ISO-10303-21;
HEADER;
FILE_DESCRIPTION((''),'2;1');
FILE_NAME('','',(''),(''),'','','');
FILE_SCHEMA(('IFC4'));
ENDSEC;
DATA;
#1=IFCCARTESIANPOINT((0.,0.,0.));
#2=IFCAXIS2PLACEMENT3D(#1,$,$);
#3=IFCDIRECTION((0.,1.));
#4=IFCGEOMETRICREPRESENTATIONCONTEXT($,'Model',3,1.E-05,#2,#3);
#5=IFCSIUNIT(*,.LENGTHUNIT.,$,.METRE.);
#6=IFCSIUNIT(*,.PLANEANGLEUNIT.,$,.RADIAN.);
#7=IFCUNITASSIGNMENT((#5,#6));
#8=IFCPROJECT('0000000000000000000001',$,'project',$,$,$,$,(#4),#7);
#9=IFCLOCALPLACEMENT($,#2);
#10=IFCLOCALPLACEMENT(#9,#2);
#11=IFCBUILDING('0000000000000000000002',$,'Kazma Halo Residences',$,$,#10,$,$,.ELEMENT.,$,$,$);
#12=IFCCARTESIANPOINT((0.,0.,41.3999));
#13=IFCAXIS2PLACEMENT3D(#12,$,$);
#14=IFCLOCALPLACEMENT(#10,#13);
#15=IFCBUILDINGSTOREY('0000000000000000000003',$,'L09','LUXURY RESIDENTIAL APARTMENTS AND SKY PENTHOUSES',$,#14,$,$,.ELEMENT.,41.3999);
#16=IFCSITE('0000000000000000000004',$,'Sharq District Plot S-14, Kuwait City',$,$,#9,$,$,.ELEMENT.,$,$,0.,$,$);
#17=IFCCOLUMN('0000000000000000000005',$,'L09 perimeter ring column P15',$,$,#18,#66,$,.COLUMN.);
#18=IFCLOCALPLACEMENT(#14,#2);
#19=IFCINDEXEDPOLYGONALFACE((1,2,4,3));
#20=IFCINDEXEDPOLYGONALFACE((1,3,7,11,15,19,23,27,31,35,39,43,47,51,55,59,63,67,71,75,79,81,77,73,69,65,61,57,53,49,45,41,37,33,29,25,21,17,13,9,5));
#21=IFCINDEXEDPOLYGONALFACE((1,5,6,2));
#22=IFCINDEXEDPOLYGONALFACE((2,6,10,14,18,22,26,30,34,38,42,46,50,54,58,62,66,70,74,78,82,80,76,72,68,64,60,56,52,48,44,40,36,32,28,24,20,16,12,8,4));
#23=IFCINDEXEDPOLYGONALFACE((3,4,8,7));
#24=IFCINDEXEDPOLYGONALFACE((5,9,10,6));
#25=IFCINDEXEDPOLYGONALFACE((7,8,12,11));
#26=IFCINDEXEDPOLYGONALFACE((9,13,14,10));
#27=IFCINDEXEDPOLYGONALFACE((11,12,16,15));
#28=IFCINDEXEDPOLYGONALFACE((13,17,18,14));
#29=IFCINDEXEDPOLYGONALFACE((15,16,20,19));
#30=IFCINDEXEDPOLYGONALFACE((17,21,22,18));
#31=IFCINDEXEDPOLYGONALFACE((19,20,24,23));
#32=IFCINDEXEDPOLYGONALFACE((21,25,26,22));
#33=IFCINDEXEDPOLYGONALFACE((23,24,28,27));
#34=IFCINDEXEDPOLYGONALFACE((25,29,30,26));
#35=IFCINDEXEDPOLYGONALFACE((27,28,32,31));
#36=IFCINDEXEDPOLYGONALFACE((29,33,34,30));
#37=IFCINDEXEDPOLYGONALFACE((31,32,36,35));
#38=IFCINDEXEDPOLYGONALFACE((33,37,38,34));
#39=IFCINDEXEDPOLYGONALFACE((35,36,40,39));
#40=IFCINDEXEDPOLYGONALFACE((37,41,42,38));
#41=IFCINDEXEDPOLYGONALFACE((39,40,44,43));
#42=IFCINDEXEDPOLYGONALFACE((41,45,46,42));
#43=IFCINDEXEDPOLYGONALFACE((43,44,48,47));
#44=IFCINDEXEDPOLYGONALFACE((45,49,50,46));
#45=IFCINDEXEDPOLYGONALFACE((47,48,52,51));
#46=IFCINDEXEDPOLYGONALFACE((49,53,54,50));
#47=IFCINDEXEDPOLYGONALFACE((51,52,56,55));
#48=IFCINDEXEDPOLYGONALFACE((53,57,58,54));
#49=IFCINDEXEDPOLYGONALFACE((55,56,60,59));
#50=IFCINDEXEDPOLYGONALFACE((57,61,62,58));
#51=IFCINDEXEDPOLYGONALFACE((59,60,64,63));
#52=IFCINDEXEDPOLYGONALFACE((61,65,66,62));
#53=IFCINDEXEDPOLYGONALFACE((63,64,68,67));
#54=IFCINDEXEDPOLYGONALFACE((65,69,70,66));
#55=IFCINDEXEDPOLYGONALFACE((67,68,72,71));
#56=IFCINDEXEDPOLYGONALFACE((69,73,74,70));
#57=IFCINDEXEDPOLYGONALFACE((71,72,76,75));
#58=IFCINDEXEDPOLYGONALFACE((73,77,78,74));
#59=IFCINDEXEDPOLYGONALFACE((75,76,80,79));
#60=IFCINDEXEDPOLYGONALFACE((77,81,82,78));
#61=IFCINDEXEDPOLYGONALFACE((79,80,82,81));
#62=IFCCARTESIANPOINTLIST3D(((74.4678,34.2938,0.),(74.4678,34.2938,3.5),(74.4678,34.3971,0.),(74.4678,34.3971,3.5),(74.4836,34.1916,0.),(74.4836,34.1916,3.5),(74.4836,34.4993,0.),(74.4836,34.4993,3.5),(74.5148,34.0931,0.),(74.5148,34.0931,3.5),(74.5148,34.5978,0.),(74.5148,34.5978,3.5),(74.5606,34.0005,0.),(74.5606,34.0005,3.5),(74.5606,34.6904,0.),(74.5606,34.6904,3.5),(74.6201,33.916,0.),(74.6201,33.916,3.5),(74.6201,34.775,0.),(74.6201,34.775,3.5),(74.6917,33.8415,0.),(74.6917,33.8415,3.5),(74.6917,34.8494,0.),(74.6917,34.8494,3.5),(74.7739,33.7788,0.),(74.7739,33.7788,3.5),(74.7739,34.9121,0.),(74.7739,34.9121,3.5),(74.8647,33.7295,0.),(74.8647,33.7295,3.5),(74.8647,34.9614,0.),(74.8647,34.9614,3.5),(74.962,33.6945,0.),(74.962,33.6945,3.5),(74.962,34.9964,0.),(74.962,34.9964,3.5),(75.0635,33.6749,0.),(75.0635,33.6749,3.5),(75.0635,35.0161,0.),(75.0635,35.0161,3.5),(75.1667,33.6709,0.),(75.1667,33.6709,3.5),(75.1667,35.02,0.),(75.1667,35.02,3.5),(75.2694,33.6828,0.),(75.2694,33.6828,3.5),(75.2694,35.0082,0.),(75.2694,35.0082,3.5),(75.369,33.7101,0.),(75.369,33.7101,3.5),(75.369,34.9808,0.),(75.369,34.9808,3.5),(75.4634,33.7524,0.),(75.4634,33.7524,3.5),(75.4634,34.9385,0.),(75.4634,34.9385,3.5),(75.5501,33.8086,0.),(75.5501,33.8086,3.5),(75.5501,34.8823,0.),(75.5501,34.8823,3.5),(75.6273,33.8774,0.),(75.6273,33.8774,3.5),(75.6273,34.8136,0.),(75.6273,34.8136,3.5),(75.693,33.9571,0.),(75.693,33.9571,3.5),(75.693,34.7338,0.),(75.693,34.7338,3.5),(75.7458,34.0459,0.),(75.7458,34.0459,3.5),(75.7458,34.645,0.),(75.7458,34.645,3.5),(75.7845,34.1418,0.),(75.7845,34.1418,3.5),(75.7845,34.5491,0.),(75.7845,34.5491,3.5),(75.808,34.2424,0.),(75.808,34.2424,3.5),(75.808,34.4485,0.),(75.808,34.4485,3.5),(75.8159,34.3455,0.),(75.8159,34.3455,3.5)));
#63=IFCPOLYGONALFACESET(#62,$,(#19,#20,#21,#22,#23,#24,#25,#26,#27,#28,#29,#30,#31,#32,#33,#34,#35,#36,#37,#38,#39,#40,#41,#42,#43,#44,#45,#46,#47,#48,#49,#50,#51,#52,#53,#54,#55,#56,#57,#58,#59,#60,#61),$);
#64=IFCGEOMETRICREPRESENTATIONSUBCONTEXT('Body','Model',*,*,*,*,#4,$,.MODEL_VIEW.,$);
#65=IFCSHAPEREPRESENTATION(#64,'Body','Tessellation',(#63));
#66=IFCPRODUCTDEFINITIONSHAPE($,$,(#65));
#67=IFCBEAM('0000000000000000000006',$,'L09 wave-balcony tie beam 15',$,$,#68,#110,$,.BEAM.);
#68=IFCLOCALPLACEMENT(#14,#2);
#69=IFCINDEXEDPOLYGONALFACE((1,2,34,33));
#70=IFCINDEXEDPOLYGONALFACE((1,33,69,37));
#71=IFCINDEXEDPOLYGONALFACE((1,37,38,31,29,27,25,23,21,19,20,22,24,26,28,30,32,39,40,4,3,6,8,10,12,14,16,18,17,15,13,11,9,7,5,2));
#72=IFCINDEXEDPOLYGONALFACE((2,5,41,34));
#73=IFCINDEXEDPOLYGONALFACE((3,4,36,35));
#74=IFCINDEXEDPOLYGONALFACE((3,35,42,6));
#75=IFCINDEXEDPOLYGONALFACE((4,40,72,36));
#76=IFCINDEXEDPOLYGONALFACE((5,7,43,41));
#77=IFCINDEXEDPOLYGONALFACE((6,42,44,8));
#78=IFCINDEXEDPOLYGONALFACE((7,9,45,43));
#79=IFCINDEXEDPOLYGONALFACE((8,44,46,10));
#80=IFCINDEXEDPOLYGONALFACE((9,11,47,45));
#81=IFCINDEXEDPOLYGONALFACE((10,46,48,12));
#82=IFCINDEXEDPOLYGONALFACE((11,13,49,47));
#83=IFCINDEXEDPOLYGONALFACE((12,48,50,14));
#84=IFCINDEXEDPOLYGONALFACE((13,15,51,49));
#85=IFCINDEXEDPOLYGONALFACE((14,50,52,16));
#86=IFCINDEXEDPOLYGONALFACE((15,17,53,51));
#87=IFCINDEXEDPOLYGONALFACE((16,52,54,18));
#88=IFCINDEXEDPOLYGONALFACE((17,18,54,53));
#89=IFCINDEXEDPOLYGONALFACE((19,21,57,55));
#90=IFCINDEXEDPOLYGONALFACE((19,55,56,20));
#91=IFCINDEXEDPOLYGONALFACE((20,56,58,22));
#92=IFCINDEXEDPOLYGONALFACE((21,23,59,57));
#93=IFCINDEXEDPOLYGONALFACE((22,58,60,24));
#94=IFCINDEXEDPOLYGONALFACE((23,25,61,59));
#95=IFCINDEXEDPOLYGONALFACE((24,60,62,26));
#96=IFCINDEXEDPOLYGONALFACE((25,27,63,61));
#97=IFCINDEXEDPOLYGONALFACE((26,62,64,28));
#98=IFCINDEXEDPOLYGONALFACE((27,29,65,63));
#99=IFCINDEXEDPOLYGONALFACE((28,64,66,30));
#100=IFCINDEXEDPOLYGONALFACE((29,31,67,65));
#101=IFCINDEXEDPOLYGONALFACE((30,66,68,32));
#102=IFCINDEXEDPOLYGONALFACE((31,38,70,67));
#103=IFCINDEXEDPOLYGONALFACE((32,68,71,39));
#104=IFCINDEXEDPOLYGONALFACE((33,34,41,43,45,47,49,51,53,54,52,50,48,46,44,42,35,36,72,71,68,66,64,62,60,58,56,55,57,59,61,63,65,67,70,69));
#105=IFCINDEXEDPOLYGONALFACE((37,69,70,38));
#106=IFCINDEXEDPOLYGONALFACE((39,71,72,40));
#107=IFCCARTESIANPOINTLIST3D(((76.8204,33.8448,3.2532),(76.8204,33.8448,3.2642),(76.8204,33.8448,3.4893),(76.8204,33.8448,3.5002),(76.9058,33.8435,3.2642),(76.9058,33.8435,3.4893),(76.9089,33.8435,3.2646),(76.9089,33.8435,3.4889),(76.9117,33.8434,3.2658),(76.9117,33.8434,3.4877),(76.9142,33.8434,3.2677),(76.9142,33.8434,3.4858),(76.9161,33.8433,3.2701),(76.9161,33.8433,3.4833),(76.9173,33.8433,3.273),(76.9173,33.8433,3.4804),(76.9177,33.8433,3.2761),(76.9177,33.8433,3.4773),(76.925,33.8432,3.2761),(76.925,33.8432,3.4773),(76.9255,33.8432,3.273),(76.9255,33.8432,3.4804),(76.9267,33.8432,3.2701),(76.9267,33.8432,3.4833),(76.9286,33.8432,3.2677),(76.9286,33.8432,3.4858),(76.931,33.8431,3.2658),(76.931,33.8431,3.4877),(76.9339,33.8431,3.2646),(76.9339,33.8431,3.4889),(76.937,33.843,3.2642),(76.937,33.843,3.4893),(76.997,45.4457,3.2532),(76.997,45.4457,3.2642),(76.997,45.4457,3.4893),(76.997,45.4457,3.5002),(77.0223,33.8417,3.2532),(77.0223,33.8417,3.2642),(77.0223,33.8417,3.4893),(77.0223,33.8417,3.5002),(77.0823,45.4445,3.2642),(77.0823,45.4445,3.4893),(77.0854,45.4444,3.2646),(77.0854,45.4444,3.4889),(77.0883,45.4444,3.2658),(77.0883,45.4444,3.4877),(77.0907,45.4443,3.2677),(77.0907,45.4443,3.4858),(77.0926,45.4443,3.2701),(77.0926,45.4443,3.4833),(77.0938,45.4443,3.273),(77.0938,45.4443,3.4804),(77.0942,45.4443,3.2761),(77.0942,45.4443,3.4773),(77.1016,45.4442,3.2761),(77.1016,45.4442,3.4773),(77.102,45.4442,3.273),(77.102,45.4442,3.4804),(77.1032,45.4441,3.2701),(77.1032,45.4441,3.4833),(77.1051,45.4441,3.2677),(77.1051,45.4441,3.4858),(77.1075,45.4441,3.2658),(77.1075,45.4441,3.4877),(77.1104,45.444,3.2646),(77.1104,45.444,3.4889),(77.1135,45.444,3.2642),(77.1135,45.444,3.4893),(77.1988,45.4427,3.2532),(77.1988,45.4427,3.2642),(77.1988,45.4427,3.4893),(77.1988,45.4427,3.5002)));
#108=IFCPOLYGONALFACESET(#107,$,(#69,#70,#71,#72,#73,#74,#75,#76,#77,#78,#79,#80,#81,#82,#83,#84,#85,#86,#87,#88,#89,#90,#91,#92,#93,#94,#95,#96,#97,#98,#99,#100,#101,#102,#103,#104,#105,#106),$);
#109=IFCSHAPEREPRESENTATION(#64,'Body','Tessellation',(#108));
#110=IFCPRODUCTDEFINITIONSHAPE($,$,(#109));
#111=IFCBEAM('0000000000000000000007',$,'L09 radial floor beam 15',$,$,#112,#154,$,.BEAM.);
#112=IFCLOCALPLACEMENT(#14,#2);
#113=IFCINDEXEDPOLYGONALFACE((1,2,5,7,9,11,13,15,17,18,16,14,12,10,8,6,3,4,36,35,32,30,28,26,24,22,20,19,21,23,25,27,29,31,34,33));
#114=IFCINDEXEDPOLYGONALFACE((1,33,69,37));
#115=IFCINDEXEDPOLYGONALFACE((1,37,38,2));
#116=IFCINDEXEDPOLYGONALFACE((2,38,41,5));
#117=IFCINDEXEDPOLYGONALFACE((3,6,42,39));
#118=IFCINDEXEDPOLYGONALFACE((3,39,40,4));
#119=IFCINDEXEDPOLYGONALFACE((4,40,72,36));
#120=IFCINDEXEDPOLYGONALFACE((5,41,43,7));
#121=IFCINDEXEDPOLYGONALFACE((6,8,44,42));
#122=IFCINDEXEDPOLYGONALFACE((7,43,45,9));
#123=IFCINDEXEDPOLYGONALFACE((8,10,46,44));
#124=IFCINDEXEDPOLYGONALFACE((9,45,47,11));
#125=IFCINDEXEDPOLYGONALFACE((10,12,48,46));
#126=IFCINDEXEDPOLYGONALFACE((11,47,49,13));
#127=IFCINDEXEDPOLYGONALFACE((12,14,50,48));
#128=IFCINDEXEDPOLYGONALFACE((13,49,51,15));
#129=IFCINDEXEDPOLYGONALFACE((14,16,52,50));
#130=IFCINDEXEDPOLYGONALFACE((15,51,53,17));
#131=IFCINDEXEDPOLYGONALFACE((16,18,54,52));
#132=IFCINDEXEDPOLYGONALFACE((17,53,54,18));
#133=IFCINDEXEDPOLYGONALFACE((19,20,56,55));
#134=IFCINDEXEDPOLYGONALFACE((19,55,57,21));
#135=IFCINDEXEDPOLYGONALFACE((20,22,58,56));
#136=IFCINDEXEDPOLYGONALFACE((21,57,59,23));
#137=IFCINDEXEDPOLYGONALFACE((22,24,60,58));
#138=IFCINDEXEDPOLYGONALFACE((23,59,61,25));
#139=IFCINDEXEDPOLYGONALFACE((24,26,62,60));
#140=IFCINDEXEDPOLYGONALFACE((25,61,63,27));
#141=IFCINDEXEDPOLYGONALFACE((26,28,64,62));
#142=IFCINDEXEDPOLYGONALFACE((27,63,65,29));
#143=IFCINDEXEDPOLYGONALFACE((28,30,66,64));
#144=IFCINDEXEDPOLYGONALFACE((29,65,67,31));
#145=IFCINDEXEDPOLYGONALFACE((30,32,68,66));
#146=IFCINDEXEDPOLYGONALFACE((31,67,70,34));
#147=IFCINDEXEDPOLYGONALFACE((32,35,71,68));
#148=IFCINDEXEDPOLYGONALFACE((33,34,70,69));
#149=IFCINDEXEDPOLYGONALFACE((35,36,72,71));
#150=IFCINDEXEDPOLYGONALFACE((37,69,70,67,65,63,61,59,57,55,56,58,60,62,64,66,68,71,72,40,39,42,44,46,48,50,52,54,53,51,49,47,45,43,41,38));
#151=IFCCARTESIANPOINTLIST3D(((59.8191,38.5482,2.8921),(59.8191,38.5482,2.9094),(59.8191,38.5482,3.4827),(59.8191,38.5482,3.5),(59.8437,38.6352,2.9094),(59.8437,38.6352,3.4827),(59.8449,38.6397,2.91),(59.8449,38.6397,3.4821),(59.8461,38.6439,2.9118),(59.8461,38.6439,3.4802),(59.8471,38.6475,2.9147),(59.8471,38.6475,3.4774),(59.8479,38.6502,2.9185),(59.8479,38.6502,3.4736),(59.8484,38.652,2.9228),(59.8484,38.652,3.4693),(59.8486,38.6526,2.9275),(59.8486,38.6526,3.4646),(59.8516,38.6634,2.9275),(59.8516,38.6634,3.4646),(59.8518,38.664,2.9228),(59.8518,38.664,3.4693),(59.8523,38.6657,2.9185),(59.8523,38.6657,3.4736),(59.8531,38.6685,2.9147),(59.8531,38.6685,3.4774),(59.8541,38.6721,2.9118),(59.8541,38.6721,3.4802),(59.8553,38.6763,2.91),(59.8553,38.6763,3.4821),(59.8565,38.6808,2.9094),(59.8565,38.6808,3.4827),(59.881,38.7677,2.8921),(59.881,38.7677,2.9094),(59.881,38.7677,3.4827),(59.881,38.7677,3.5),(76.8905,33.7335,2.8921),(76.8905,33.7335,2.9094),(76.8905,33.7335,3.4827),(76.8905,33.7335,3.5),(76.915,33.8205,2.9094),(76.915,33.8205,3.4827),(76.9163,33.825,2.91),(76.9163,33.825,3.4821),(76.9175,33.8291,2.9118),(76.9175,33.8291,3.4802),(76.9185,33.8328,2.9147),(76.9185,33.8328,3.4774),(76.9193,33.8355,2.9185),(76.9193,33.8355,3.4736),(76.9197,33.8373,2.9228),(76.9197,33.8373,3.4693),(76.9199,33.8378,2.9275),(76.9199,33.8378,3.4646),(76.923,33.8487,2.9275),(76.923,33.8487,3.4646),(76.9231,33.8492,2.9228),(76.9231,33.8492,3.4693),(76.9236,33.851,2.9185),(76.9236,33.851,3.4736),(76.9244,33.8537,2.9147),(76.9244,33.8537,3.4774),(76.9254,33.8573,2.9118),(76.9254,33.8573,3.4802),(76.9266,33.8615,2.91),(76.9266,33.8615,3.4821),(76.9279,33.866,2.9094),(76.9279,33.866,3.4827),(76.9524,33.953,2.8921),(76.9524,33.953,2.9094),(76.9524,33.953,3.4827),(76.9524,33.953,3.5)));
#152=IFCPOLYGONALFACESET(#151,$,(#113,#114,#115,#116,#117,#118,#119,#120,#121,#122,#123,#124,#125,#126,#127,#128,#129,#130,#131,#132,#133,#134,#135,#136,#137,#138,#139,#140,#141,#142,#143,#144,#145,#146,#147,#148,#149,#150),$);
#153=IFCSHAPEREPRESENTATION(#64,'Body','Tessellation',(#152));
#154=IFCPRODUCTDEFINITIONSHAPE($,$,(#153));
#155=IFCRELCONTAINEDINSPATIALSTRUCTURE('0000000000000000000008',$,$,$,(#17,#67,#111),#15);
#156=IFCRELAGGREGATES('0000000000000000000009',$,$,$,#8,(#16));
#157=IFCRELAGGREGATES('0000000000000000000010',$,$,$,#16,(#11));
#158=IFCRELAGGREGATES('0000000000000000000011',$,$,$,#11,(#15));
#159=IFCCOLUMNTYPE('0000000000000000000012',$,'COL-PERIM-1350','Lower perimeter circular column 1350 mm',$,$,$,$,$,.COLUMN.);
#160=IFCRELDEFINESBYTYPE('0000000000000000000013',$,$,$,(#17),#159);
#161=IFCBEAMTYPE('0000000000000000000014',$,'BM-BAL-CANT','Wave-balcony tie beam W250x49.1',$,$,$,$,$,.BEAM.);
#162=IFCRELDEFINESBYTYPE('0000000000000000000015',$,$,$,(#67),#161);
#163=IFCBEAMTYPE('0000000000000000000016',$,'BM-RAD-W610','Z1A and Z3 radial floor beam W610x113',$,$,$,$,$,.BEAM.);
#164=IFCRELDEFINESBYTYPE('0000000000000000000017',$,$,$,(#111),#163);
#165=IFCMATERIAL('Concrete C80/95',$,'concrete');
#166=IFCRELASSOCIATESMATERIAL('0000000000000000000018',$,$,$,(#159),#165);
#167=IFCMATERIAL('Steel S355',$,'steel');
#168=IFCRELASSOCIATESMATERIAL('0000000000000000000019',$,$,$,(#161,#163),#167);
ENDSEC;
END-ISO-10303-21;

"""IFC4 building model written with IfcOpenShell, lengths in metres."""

from ifc_helpers import new_model, si_unit, direction, frame, origin, origin_2d, place, context, subcontext, project, spatial, circle, i_section, extrude, material, material_profile, profile_set, type_object, element, save


model = new_model("IFC4")

# Units and contexts
model_context = context("Model", 3, precision=1e-05, world=origin(), true_north=direction((0.0, 1.0)))
body_context = subcontext(model_context, "Body", "Model", "MODEL_VIEW")
ifc_project = project(units=[si_unit("LENGTHUNIT", "METRE"), si_unit("PLANEANGLEUNIT", "RADIAN")], contexts=[model_context])

# Site, building, storey
site_placement = place(None, origin())
site = spatial("IfcSite", under=ifc_project, at=site_placement, Name="Sharq District Plot S-14, Kuwait City", CompositionType="ELEMENT", RefElevation=0.0)
building_placement = place(site_placement, origin())
building = spatial("IfcBuilding", under=site, at=building_placement, Name="Kazma Halo Residences", CompositionType="ELEMENT")
storey_placement = place(building_placement, frame((0.0, 0.0, 41.3999)))
storey = spatial("IfcBuildingStorey", under=building, at=storey_placement, Name="L09", Description="LUXURY RESIDENTIAL APARTMENTS AND SKY PENTHOUSES", CompositionType="ELEMENT", Elevation=41.3999)

# Column
ifc_material_1 = material(Name="Concrete C80/95", Category="concrete")
ifc_material_profile_1 = material_profile(ifc_material_1, circle(Radius=0.675, at=origin_2d()), Name="CIRC1350")
ifc_profile_set_1 = profile_set([ifc_material_profile_1], Name="Concrete C80/95")
column_type = type_object("IfcColumnType", Name="COL-PERIM-1350", Description="Lower perimeter circular column 1350 mm", PredefinedType="COLUMN", material=ifc_profile_set_1)
column_placement = place(storey_placement, frame((75.1409, 34.3455, 0.0), z_axis=(0.0, 0.0, 1.0), x_axis=(1.0, 0.0, 0.0)))
element("IfcColumn", 1, at=column_placement, inside=storey, type_object=column_type, Name="L09 perimeter ring column P15", PredefinedType="COLUMN", context=body_context, shape_type="SweptSolid", body=[
    extrude(circle(Radius=0.675, at=origin_2d()), origin(), (0.0, 0.0, 1.0), 3.5),
])

# Beams
ifc_material_2 = material(Name="Steel S355", Category="steel")
ifc_material_profile_2 = material_profile(ifc_material_2, i_section(OverallWidth=0.2019, OverallDepth=0.2471, WebThickness=0.0073, FlangeThickness=0.011, FilletRadius=0.012, at=origin_2d()), Name="W250x49.1")
ifc_profile_set_2 = profile_set([ifc_material_profile_2], Name="Steel S355")
beam_type_1 = type_object("IfcBeamType", Name="BM-BAL-CANT", Description="Wave-balcony tie beam W250x49.1", PredefinedType="BEAM", material=ifc_profile_set_2)
beam_1_placement = place(storey_placement, frame((76.9214, 33.8433, 3.3767), z_axis=(0.015214, 0.999884, 0.0), x_axis=(-0.999884, 0.015214, 0.0)))
element("IfcBeam", 2, at=beam_1_placement, inside=storey, type_object=beam_type_1, Name="L09 wave-balcony tie beam 15", PredefinedType="BEAM", context=body_context, shape_type="SweptSolid", body=[
    extrude(i_section(OverallWidth=0.2019, OverallDepth=0.2471, WebThickness=0.0073, FlangeThickness=0.011, FilletRadius=0.012, at=origin_2d()), origin(), (0.0, 0.0, 1.0), 11.6023),
])
ifc_material_profile_3 = material_profile(ifc_material_2, i_section(OverallWidth=0.228, OverallDepth=0.6079, WebThickness=0.0112, FlangeThickness=0.0173, FilletRadius=0.0181, at=origin_2d()), Name="W610x113")
ifc_profile_set_3 = profile_set([ifc_material_profile_3], Name="Steel S355")
beam_type_2 = type_object("IfcBeamType", Name="BM-RAD-W610", Description="Z1A and Z3 radial floor beam W610x113", PredefinedType="BEAM", material=ifc_profile_set_3)
beam_2_placement = place(storey_placement, frame((59.8501, 38.658, 3.196), z_axis=(0.962454, -0.271445, 0.0), x_axis=(0.271445, 0.962454, 0.0)))
element("IfcBeam", 3, at=beam_2_placement, inside=storey, type_object=beam_type_2, Name="L09 radial floor beam 15", PredefinedType="BEAM", context=body_context, shape_type="SweptSolid", body=[
    extrude(i_section(OverallWidth=0.228, OverallDepth=0.6079, WebThickness=0.0112, FlangeThickness=0.0173, FilletRadius=0.0181, at=origin_2d()), origin(), (0.0, 0.0, 1.0), 17.7373),
])

save(model, "model.ifc")
